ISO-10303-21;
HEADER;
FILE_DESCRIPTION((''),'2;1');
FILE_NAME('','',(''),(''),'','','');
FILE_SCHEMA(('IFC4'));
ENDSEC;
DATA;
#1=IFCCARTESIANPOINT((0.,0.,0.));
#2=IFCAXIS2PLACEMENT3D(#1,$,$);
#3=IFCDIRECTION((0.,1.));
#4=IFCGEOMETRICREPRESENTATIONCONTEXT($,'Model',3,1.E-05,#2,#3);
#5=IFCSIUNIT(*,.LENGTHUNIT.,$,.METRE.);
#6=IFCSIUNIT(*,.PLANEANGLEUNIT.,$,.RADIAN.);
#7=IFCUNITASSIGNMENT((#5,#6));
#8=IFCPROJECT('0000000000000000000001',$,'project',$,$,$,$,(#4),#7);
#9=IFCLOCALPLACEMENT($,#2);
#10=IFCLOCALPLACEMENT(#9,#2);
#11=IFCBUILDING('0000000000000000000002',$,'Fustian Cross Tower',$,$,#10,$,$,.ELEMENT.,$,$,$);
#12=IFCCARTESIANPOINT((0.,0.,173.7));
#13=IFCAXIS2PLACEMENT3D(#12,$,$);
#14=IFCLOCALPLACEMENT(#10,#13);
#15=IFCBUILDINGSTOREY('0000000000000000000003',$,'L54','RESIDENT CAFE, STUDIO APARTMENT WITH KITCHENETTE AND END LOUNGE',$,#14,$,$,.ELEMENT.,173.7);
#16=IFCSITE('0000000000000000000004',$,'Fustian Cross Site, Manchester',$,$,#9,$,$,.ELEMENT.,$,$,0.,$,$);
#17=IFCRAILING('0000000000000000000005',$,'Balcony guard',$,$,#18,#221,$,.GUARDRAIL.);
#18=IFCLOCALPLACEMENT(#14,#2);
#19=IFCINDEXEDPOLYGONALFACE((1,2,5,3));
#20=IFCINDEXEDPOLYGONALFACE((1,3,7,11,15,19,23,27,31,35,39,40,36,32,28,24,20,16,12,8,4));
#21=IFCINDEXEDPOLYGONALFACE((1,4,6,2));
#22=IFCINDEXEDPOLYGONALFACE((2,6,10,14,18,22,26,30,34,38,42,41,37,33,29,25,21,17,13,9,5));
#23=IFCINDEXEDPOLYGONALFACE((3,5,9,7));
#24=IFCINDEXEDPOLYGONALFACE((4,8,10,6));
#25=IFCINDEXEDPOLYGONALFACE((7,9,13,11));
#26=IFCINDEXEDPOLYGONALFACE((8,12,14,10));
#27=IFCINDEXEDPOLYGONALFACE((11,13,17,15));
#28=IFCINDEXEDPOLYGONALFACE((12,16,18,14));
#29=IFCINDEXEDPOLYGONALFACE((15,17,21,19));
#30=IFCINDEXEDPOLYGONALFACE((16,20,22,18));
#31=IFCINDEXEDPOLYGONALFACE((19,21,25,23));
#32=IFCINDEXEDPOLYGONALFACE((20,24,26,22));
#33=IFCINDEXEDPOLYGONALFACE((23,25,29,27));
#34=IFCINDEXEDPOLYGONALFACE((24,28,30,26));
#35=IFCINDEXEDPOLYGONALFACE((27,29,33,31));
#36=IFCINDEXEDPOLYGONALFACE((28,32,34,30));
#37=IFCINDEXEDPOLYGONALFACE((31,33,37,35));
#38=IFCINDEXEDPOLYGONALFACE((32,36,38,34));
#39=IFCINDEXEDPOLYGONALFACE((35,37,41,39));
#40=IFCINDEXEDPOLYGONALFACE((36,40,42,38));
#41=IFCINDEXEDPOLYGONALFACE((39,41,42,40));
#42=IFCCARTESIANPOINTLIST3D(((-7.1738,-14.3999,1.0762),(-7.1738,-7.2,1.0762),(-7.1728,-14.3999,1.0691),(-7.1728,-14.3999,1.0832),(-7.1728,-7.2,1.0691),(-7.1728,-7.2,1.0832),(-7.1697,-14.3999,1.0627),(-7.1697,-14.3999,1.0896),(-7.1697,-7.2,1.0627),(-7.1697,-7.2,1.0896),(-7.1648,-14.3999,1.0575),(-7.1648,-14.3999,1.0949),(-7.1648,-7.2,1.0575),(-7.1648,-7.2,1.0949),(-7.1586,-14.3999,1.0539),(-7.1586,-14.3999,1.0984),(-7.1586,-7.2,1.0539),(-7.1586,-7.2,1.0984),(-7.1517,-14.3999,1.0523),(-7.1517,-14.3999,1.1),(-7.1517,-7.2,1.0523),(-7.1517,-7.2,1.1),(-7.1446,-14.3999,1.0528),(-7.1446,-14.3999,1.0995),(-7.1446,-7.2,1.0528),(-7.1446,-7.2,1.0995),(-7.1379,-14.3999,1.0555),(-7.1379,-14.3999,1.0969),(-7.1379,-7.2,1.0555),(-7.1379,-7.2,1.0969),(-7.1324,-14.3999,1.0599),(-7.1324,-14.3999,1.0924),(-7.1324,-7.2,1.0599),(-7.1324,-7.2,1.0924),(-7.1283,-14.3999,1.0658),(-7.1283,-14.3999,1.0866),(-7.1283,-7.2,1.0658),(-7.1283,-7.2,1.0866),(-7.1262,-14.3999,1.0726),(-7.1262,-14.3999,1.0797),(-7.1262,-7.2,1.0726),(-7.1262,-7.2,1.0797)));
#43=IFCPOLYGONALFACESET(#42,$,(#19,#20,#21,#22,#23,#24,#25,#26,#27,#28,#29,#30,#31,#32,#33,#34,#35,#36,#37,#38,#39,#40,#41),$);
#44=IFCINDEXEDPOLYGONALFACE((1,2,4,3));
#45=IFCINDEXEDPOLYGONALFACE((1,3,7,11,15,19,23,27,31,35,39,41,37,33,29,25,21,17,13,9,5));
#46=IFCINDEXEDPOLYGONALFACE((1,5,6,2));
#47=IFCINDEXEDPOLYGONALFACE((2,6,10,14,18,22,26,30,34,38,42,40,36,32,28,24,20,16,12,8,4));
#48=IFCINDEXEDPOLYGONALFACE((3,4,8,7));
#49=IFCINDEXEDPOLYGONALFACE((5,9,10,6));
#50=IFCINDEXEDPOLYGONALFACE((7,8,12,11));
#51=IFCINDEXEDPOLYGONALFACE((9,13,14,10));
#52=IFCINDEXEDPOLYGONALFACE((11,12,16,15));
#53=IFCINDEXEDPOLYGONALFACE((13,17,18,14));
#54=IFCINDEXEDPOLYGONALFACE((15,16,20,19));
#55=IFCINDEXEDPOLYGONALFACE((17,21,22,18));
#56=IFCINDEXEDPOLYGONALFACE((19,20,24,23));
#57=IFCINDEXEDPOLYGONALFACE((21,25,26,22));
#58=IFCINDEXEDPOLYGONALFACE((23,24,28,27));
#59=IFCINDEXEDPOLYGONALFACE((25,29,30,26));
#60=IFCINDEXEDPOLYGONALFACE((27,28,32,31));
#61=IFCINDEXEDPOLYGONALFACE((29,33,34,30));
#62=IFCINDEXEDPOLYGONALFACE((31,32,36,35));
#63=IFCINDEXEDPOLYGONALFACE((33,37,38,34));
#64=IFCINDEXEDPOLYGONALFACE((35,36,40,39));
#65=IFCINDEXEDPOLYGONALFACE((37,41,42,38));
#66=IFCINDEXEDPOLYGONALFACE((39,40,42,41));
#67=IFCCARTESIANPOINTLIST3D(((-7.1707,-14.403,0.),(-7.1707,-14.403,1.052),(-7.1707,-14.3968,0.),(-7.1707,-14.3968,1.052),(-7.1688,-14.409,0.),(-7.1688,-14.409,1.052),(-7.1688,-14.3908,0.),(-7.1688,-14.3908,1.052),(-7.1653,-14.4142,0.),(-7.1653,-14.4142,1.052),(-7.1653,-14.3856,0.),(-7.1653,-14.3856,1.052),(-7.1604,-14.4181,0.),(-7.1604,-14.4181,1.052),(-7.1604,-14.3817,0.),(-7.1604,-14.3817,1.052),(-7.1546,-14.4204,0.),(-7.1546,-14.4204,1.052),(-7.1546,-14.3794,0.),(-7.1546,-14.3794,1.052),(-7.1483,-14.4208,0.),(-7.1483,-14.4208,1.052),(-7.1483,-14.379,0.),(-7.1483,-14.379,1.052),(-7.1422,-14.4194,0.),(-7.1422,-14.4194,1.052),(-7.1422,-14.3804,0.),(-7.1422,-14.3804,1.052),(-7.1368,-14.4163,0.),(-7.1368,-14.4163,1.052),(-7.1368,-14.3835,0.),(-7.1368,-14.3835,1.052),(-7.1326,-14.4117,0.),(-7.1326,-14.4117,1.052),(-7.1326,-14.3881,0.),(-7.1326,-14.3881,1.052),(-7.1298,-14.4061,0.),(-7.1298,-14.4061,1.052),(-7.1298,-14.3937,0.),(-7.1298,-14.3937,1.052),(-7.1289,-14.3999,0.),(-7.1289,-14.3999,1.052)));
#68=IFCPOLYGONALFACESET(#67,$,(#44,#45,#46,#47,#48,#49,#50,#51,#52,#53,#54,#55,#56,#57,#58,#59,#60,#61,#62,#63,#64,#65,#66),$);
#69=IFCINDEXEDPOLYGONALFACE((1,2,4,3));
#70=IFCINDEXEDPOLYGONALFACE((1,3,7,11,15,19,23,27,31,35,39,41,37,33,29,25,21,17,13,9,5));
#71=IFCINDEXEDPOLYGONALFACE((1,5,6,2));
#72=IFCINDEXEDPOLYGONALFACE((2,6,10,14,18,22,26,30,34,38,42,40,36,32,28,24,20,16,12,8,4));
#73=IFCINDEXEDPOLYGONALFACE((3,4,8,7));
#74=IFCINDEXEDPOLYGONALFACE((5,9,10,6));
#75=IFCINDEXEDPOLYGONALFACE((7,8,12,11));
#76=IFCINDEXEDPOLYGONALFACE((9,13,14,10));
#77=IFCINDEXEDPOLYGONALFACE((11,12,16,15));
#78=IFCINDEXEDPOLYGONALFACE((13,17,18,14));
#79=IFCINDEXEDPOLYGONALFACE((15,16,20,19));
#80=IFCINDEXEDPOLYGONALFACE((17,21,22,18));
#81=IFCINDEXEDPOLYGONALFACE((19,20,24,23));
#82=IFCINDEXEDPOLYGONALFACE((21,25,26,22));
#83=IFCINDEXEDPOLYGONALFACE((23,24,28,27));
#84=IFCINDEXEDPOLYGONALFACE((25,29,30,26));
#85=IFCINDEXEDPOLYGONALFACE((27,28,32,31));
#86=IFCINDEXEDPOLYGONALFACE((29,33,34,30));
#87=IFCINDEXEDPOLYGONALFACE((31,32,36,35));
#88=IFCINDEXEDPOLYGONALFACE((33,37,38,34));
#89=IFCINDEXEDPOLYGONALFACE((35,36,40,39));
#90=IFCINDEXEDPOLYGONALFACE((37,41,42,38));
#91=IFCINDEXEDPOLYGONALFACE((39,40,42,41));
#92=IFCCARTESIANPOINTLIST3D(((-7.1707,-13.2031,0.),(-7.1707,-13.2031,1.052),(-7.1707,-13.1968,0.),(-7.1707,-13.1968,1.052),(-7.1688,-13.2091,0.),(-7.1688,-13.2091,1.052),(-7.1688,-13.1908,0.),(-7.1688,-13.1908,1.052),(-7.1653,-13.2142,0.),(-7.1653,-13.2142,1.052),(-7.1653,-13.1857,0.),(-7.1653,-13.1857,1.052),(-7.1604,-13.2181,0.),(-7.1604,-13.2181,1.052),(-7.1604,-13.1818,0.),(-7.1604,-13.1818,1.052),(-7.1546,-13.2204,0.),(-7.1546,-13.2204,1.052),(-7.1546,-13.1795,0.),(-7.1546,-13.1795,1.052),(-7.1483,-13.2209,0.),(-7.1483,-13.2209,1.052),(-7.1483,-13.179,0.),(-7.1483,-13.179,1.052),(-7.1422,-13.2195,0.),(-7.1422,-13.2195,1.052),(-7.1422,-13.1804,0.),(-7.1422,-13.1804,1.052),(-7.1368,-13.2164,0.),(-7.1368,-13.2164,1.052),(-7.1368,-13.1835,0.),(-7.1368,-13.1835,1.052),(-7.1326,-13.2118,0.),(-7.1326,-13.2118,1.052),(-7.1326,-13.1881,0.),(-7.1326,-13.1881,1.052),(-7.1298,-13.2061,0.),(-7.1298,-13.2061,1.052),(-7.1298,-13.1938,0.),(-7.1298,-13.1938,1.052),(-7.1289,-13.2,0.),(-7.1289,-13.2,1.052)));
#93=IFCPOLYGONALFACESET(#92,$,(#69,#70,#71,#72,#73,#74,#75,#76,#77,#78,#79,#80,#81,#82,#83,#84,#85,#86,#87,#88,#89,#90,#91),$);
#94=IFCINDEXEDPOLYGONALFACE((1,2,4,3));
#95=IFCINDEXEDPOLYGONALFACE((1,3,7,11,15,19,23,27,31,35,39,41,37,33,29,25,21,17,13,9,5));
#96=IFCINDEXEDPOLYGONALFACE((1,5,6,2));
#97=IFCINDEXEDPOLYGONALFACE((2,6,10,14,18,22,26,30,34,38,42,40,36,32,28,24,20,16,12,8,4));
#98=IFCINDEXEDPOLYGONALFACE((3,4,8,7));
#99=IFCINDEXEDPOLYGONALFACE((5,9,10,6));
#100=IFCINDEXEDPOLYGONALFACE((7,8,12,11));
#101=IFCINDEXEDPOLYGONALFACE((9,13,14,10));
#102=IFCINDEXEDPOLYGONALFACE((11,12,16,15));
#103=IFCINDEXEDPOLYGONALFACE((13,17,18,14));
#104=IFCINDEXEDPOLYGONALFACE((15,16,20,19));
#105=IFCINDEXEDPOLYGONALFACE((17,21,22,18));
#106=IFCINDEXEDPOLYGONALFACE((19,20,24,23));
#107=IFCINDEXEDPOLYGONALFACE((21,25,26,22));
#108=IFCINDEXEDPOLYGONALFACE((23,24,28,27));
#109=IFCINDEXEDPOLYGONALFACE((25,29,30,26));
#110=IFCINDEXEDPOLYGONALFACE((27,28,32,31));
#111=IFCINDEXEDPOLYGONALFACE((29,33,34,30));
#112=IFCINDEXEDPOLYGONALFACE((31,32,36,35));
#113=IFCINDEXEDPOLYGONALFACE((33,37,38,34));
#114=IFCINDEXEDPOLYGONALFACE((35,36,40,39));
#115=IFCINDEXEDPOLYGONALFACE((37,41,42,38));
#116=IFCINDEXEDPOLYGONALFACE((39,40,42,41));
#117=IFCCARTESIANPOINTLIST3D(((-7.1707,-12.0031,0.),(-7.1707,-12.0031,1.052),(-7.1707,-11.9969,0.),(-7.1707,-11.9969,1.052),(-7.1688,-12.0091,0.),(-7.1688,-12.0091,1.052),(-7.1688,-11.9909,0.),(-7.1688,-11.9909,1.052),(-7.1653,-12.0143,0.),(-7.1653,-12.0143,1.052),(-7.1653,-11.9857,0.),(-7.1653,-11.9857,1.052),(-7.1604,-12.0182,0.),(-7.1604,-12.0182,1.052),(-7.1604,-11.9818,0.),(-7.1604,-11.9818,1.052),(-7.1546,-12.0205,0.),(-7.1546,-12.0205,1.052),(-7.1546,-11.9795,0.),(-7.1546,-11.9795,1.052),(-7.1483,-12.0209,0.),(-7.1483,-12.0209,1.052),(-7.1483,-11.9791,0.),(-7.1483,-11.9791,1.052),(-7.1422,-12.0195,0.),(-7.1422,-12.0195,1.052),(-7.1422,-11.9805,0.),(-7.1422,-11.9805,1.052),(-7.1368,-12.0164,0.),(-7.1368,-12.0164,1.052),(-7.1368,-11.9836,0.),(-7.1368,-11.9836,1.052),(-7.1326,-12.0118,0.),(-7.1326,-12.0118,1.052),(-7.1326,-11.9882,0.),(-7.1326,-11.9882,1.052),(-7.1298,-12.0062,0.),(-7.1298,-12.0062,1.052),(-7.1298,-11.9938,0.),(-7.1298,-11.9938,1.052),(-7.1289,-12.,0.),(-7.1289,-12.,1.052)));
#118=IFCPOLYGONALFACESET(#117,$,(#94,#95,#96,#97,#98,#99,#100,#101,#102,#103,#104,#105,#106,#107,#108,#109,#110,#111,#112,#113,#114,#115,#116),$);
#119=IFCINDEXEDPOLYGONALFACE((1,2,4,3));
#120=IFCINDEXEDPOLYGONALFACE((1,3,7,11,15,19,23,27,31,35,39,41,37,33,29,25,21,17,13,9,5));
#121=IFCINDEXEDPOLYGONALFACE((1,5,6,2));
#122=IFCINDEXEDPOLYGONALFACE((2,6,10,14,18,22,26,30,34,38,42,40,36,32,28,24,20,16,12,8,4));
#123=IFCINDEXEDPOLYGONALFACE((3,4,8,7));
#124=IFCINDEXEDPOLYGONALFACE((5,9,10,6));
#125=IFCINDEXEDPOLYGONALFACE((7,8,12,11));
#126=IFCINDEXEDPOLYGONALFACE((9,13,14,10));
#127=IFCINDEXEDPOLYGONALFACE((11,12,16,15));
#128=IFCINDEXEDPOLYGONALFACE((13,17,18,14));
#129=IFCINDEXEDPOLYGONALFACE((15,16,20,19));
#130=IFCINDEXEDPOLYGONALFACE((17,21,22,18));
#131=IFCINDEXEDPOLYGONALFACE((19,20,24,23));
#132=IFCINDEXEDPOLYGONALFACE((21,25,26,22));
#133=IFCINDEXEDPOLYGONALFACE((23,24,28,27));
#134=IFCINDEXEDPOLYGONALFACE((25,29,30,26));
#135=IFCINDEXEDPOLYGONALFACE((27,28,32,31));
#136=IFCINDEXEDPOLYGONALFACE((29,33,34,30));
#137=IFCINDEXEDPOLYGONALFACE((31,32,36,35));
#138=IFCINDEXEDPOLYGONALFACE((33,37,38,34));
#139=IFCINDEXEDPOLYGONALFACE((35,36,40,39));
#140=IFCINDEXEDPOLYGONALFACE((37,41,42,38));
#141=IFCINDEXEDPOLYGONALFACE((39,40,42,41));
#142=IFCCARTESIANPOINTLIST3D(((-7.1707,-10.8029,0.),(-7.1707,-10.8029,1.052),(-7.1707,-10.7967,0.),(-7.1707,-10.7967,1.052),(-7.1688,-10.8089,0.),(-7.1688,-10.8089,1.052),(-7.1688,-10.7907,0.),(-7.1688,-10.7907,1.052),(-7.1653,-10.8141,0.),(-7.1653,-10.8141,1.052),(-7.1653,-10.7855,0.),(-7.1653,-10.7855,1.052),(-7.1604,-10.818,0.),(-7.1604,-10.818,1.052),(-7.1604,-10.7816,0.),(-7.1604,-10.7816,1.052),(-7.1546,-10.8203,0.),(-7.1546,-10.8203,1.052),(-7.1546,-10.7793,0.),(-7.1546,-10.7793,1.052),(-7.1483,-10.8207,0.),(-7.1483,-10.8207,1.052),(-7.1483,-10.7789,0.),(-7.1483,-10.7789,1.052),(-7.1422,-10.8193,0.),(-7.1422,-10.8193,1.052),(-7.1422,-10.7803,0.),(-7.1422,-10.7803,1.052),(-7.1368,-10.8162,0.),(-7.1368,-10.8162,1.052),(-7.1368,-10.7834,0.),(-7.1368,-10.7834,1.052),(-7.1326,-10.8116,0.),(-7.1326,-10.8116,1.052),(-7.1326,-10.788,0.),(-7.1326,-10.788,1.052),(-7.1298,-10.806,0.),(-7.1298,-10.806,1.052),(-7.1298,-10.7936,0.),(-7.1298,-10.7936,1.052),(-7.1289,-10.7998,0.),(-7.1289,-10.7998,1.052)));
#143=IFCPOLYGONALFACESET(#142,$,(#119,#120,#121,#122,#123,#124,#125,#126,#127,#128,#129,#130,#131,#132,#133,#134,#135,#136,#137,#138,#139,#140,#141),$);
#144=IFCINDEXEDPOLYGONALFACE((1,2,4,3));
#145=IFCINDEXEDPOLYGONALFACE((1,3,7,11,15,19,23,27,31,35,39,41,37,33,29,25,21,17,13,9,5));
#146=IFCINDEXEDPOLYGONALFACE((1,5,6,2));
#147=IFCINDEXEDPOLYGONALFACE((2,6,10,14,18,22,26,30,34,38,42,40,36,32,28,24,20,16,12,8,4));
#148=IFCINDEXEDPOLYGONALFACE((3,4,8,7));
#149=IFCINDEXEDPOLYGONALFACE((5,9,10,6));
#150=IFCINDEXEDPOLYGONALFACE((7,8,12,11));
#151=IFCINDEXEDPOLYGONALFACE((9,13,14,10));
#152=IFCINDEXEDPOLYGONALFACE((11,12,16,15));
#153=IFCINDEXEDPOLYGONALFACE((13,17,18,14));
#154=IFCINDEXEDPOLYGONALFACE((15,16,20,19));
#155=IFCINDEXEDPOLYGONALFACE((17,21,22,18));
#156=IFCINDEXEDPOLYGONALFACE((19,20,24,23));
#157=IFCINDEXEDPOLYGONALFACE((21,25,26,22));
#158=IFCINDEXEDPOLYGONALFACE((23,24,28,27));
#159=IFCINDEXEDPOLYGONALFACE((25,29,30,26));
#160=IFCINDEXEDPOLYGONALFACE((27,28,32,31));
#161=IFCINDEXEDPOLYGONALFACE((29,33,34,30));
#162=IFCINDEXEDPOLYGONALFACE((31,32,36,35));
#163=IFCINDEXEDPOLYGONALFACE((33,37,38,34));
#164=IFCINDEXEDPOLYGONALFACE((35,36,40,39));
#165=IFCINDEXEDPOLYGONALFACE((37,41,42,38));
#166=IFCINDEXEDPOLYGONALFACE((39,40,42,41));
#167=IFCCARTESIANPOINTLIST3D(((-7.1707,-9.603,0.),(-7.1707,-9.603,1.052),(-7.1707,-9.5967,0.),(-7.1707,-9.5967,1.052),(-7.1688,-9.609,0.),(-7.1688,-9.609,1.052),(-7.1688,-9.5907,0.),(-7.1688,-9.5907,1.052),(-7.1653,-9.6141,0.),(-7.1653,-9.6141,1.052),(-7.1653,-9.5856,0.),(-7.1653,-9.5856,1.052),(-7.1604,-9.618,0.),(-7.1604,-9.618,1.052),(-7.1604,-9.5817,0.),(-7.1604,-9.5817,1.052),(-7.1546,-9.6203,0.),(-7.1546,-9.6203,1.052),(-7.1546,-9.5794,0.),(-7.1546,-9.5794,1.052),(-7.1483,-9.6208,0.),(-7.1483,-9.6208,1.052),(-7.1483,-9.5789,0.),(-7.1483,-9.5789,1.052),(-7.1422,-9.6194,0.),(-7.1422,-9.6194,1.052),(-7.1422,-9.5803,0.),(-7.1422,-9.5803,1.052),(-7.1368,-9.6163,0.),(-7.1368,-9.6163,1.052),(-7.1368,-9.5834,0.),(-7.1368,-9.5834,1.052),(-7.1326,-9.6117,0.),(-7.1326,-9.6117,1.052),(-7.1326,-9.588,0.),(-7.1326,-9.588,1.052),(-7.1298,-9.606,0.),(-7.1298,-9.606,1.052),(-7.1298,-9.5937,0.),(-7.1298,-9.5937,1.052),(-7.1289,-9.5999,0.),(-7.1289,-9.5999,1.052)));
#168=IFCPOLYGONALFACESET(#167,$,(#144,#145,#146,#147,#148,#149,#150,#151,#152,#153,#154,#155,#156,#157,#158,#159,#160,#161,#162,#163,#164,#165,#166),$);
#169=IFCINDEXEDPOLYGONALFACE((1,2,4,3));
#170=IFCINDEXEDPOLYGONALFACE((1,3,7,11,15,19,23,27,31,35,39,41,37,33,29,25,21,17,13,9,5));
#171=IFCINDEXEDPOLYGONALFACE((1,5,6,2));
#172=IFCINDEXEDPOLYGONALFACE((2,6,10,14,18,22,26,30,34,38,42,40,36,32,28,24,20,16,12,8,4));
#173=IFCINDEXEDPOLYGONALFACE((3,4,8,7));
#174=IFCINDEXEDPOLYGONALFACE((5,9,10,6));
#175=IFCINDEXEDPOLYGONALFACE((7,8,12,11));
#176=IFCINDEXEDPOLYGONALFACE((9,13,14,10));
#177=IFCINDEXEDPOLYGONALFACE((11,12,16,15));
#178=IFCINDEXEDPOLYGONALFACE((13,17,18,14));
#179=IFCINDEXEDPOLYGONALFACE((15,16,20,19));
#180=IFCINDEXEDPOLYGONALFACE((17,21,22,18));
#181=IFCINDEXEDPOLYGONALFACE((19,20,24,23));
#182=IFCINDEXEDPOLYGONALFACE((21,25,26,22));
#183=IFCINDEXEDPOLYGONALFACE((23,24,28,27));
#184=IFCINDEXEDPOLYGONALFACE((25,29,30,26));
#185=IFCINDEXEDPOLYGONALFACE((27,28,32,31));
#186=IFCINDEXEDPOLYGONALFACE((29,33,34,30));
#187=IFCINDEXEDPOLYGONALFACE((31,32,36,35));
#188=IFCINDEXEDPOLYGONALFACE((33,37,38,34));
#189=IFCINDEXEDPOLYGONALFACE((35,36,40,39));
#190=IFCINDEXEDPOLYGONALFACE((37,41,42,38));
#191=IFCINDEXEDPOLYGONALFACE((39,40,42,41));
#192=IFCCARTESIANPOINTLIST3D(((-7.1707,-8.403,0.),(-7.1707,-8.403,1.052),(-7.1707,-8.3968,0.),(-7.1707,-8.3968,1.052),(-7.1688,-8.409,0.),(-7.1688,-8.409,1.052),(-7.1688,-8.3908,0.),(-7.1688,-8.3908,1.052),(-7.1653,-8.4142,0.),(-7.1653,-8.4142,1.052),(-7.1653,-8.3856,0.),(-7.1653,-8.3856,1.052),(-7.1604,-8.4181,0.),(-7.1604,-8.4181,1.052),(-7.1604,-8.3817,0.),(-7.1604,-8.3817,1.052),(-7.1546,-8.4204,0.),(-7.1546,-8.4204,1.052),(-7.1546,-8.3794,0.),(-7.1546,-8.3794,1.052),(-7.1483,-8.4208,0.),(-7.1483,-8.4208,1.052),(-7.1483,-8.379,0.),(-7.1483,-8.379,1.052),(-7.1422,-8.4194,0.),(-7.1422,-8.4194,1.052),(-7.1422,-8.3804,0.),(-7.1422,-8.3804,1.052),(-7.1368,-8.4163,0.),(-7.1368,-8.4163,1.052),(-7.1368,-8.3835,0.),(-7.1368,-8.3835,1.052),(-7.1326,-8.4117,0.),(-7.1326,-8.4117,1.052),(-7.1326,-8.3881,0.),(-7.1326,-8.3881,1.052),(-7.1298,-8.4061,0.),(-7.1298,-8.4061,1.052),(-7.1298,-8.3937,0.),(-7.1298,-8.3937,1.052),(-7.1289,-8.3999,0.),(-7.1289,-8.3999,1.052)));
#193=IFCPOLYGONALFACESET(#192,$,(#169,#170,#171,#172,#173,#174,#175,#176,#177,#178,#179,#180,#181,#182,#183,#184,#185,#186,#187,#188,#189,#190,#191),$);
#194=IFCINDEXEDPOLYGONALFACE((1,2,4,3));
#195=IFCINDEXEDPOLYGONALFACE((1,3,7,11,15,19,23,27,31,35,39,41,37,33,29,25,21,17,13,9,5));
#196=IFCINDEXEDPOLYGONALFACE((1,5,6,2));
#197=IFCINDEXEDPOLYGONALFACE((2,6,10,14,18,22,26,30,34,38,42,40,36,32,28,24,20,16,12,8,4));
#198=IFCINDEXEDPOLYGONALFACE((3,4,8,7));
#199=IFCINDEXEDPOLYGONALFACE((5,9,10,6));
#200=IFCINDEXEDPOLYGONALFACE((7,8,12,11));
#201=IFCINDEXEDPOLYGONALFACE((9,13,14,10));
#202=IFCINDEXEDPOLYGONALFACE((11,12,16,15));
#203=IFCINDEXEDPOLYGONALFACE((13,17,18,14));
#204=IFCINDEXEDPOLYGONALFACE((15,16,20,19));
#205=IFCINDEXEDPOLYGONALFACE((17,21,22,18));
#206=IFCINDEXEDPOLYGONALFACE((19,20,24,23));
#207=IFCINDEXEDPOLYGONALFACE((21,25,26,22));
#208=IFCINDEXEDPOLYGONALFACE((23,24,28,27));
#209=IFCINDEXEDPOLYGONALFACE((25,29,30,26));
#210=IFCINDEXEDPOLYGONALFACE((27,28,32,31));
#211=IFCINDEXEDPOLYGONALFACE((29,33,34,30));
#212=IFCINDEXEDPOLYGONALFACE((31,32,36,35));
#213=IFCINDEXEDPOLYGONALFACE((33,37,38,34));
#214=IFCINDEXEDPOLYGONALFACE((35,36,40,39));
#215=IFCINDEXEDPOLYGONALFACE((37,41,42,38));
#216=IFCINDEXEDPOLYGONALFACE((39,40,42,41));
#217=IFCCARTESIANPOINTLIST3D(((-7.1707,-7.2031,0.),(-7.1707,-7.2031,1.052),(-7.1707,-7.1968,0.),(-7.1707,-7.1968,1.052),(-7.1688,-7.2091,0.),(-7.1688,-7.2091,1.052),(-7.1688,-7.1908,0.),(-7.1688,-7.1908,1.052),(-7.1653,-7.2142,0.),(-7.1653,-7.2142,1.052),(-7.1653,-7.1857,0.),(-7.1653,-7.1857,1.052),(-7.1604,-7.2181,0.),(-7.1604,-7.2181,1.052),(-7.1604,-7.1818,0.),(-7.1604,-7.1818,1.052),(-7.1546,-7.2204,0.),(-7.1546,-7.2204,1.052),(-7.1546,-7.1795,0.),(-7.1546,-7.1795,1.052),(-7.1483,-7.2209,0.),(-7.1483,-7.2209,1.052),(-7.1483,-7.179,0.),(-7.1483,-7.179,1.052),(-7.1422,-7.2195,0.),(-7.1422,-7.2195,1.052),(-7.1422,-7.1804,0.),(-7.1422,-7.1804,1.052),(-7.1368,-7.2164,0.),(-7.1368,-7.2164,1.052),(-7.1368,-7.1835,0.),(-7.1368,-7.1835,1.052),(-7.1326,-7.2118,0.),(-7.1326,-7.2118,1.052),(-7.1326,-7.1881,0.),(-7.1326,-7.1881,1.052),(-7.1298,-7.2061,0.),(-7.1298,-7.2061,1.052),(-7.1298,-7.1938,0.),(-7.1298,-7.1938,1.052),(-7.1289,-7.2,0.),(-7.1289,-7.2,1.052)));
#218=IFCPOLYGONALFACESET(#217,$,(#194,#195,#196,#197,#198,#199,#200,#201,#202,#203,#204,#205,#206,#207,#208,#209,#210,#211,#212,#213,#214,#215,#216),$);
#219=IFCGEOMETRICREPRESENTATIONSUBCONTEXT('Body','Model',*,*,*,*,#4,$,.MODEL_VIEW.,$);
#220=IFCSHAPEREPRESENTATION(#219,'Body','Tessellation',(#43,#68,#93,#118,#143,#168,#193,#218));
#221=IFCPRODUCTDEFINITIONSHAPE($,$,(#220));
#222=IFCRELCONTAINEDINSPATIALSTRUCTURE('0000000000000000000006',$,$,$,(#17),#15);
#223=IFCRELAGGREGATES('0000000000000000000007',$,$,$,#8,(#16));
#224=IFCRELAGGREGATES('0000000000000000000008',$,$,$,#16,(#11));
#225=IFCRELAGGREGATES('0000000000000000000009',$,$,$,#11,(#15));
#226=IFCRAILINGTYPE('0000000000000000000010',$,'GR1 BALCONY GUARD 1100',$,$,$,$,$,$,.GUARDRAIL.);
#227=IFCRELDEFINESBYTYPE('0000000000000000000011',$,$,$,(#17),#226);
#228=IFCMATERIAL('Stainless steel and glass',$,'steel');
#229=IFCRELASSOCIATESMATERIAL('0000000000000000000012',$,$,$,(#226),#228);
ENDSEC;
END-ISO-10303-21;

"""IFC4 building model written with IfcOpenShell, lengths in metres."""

from ifc_helpers import new_model, si_unit, direction, frame, origin, origin_2d, place, context, subcontext, project, spatial, circle, extrude, material, type_object, element, save


model = new_model("IFC4")

# Units and contexts
model_context = context("Model", 3, precision=1e-05, world=origin(), true_north=direction((0.0, 1.0)))
body_context = subcontext(model_context, "Body", "Model", "MODEL_VIEW")
ifc_project = project(units=[si_unit("LENGTHUNIT", "METRE"), si_unit("PLANEANGLEUNIT", "RADIAN")], contexts=[model_context])

# Site, building, storey
site_placement = place(None, origin())
site = spatial("IfcSite", under=ifc_project, at=site_placement, Name="Fustian Cross Site, Manchester", CompositionType="ELEMENT", RefElevation=0.0)
building_placement = place(site_placement, origin())
building = spatial("IfcBuilding", under=site, at=building_placement, Name="Fustian Cross Tower", CompositionType="ELEMENT")
storey_placement = place(building_placement, frame((0.0, 0.0, 173.7)))
storey = spatial("IfcBuildingStorey", under=building, at=storey_placement, Name="L54", Description="RESIDENT CAFE, STUDIO APARTMENT WITH KITCHENETTE AND END LOUNGE", CompositionType="ELEMENT", Elevation=173.7)

# Railing
ifc_material_1 = material(Name="Stainless steel and glass", Category="steel")
railing_type = type_object("IfcRailingType", Name="GR1 BALCONY GUARD 1100", PredefinedType="GUARDRAIL", material=ifc_material_1)
railing_placement = place(storey_placement, frame((-7.1499, -14.3999, 0.0)))
element("IfcRailing", 1, at=railing_placement, inside=storey, type_object=railing_type, Name="Balcony guard", PredefinedType="GUARDRAIL", context=body_context, shape_type="SweptSolid", body=[
    extrude(circle(Radius=0.0239, at=origin_2d()), frame((0.0, 0.0, 1.0762), z_axis=(0.0, 1.0, 0.0), x_axis=(-1.0, 0.0, 0.0)), (0.0, 0.0, 1.0), 7.2),
    extrude(circle(Radius=0.021, at=origin_2d()), origin(), (0.0, 0.0, 1.0), 1.052),
    extrude(circle(Radius=0.021, at=origin_2d()), frame((0.0, 1.2, 0.0)), (0.0, 0.0, 1.0), 1.052),
    extrude(circle(Radius=0.021, at=origin_2d()), frame((0.0, 2.3999, 0.0)), (0.0, 0.0, 1.0), 1.052),
    extrude(circle(Radius=0.021, at=origin_2d()), frame((0.0, 3.6001, 0.0)), (0.0, 0.0, 1.0), 1.052),
    extrude(circle(Radius=0.021, at=origin_2d()), frame((0.0, 4.8, 0.0)), (0.0, 0.0, 1.0), 1.052),
    extrude(circle(Radius=0.021, at=origin_2d()), frame((0.0, 6.0, 0.0)), (0.0, 0.0, 1.0), 1.052),
    extrude(circle(Radius=0.021, at=origin_2d()), frame((0.0, 7.2, 0.0)), (0.0, 0.0, 1.0), 1.052),
])

save(model, "model.ifc")
